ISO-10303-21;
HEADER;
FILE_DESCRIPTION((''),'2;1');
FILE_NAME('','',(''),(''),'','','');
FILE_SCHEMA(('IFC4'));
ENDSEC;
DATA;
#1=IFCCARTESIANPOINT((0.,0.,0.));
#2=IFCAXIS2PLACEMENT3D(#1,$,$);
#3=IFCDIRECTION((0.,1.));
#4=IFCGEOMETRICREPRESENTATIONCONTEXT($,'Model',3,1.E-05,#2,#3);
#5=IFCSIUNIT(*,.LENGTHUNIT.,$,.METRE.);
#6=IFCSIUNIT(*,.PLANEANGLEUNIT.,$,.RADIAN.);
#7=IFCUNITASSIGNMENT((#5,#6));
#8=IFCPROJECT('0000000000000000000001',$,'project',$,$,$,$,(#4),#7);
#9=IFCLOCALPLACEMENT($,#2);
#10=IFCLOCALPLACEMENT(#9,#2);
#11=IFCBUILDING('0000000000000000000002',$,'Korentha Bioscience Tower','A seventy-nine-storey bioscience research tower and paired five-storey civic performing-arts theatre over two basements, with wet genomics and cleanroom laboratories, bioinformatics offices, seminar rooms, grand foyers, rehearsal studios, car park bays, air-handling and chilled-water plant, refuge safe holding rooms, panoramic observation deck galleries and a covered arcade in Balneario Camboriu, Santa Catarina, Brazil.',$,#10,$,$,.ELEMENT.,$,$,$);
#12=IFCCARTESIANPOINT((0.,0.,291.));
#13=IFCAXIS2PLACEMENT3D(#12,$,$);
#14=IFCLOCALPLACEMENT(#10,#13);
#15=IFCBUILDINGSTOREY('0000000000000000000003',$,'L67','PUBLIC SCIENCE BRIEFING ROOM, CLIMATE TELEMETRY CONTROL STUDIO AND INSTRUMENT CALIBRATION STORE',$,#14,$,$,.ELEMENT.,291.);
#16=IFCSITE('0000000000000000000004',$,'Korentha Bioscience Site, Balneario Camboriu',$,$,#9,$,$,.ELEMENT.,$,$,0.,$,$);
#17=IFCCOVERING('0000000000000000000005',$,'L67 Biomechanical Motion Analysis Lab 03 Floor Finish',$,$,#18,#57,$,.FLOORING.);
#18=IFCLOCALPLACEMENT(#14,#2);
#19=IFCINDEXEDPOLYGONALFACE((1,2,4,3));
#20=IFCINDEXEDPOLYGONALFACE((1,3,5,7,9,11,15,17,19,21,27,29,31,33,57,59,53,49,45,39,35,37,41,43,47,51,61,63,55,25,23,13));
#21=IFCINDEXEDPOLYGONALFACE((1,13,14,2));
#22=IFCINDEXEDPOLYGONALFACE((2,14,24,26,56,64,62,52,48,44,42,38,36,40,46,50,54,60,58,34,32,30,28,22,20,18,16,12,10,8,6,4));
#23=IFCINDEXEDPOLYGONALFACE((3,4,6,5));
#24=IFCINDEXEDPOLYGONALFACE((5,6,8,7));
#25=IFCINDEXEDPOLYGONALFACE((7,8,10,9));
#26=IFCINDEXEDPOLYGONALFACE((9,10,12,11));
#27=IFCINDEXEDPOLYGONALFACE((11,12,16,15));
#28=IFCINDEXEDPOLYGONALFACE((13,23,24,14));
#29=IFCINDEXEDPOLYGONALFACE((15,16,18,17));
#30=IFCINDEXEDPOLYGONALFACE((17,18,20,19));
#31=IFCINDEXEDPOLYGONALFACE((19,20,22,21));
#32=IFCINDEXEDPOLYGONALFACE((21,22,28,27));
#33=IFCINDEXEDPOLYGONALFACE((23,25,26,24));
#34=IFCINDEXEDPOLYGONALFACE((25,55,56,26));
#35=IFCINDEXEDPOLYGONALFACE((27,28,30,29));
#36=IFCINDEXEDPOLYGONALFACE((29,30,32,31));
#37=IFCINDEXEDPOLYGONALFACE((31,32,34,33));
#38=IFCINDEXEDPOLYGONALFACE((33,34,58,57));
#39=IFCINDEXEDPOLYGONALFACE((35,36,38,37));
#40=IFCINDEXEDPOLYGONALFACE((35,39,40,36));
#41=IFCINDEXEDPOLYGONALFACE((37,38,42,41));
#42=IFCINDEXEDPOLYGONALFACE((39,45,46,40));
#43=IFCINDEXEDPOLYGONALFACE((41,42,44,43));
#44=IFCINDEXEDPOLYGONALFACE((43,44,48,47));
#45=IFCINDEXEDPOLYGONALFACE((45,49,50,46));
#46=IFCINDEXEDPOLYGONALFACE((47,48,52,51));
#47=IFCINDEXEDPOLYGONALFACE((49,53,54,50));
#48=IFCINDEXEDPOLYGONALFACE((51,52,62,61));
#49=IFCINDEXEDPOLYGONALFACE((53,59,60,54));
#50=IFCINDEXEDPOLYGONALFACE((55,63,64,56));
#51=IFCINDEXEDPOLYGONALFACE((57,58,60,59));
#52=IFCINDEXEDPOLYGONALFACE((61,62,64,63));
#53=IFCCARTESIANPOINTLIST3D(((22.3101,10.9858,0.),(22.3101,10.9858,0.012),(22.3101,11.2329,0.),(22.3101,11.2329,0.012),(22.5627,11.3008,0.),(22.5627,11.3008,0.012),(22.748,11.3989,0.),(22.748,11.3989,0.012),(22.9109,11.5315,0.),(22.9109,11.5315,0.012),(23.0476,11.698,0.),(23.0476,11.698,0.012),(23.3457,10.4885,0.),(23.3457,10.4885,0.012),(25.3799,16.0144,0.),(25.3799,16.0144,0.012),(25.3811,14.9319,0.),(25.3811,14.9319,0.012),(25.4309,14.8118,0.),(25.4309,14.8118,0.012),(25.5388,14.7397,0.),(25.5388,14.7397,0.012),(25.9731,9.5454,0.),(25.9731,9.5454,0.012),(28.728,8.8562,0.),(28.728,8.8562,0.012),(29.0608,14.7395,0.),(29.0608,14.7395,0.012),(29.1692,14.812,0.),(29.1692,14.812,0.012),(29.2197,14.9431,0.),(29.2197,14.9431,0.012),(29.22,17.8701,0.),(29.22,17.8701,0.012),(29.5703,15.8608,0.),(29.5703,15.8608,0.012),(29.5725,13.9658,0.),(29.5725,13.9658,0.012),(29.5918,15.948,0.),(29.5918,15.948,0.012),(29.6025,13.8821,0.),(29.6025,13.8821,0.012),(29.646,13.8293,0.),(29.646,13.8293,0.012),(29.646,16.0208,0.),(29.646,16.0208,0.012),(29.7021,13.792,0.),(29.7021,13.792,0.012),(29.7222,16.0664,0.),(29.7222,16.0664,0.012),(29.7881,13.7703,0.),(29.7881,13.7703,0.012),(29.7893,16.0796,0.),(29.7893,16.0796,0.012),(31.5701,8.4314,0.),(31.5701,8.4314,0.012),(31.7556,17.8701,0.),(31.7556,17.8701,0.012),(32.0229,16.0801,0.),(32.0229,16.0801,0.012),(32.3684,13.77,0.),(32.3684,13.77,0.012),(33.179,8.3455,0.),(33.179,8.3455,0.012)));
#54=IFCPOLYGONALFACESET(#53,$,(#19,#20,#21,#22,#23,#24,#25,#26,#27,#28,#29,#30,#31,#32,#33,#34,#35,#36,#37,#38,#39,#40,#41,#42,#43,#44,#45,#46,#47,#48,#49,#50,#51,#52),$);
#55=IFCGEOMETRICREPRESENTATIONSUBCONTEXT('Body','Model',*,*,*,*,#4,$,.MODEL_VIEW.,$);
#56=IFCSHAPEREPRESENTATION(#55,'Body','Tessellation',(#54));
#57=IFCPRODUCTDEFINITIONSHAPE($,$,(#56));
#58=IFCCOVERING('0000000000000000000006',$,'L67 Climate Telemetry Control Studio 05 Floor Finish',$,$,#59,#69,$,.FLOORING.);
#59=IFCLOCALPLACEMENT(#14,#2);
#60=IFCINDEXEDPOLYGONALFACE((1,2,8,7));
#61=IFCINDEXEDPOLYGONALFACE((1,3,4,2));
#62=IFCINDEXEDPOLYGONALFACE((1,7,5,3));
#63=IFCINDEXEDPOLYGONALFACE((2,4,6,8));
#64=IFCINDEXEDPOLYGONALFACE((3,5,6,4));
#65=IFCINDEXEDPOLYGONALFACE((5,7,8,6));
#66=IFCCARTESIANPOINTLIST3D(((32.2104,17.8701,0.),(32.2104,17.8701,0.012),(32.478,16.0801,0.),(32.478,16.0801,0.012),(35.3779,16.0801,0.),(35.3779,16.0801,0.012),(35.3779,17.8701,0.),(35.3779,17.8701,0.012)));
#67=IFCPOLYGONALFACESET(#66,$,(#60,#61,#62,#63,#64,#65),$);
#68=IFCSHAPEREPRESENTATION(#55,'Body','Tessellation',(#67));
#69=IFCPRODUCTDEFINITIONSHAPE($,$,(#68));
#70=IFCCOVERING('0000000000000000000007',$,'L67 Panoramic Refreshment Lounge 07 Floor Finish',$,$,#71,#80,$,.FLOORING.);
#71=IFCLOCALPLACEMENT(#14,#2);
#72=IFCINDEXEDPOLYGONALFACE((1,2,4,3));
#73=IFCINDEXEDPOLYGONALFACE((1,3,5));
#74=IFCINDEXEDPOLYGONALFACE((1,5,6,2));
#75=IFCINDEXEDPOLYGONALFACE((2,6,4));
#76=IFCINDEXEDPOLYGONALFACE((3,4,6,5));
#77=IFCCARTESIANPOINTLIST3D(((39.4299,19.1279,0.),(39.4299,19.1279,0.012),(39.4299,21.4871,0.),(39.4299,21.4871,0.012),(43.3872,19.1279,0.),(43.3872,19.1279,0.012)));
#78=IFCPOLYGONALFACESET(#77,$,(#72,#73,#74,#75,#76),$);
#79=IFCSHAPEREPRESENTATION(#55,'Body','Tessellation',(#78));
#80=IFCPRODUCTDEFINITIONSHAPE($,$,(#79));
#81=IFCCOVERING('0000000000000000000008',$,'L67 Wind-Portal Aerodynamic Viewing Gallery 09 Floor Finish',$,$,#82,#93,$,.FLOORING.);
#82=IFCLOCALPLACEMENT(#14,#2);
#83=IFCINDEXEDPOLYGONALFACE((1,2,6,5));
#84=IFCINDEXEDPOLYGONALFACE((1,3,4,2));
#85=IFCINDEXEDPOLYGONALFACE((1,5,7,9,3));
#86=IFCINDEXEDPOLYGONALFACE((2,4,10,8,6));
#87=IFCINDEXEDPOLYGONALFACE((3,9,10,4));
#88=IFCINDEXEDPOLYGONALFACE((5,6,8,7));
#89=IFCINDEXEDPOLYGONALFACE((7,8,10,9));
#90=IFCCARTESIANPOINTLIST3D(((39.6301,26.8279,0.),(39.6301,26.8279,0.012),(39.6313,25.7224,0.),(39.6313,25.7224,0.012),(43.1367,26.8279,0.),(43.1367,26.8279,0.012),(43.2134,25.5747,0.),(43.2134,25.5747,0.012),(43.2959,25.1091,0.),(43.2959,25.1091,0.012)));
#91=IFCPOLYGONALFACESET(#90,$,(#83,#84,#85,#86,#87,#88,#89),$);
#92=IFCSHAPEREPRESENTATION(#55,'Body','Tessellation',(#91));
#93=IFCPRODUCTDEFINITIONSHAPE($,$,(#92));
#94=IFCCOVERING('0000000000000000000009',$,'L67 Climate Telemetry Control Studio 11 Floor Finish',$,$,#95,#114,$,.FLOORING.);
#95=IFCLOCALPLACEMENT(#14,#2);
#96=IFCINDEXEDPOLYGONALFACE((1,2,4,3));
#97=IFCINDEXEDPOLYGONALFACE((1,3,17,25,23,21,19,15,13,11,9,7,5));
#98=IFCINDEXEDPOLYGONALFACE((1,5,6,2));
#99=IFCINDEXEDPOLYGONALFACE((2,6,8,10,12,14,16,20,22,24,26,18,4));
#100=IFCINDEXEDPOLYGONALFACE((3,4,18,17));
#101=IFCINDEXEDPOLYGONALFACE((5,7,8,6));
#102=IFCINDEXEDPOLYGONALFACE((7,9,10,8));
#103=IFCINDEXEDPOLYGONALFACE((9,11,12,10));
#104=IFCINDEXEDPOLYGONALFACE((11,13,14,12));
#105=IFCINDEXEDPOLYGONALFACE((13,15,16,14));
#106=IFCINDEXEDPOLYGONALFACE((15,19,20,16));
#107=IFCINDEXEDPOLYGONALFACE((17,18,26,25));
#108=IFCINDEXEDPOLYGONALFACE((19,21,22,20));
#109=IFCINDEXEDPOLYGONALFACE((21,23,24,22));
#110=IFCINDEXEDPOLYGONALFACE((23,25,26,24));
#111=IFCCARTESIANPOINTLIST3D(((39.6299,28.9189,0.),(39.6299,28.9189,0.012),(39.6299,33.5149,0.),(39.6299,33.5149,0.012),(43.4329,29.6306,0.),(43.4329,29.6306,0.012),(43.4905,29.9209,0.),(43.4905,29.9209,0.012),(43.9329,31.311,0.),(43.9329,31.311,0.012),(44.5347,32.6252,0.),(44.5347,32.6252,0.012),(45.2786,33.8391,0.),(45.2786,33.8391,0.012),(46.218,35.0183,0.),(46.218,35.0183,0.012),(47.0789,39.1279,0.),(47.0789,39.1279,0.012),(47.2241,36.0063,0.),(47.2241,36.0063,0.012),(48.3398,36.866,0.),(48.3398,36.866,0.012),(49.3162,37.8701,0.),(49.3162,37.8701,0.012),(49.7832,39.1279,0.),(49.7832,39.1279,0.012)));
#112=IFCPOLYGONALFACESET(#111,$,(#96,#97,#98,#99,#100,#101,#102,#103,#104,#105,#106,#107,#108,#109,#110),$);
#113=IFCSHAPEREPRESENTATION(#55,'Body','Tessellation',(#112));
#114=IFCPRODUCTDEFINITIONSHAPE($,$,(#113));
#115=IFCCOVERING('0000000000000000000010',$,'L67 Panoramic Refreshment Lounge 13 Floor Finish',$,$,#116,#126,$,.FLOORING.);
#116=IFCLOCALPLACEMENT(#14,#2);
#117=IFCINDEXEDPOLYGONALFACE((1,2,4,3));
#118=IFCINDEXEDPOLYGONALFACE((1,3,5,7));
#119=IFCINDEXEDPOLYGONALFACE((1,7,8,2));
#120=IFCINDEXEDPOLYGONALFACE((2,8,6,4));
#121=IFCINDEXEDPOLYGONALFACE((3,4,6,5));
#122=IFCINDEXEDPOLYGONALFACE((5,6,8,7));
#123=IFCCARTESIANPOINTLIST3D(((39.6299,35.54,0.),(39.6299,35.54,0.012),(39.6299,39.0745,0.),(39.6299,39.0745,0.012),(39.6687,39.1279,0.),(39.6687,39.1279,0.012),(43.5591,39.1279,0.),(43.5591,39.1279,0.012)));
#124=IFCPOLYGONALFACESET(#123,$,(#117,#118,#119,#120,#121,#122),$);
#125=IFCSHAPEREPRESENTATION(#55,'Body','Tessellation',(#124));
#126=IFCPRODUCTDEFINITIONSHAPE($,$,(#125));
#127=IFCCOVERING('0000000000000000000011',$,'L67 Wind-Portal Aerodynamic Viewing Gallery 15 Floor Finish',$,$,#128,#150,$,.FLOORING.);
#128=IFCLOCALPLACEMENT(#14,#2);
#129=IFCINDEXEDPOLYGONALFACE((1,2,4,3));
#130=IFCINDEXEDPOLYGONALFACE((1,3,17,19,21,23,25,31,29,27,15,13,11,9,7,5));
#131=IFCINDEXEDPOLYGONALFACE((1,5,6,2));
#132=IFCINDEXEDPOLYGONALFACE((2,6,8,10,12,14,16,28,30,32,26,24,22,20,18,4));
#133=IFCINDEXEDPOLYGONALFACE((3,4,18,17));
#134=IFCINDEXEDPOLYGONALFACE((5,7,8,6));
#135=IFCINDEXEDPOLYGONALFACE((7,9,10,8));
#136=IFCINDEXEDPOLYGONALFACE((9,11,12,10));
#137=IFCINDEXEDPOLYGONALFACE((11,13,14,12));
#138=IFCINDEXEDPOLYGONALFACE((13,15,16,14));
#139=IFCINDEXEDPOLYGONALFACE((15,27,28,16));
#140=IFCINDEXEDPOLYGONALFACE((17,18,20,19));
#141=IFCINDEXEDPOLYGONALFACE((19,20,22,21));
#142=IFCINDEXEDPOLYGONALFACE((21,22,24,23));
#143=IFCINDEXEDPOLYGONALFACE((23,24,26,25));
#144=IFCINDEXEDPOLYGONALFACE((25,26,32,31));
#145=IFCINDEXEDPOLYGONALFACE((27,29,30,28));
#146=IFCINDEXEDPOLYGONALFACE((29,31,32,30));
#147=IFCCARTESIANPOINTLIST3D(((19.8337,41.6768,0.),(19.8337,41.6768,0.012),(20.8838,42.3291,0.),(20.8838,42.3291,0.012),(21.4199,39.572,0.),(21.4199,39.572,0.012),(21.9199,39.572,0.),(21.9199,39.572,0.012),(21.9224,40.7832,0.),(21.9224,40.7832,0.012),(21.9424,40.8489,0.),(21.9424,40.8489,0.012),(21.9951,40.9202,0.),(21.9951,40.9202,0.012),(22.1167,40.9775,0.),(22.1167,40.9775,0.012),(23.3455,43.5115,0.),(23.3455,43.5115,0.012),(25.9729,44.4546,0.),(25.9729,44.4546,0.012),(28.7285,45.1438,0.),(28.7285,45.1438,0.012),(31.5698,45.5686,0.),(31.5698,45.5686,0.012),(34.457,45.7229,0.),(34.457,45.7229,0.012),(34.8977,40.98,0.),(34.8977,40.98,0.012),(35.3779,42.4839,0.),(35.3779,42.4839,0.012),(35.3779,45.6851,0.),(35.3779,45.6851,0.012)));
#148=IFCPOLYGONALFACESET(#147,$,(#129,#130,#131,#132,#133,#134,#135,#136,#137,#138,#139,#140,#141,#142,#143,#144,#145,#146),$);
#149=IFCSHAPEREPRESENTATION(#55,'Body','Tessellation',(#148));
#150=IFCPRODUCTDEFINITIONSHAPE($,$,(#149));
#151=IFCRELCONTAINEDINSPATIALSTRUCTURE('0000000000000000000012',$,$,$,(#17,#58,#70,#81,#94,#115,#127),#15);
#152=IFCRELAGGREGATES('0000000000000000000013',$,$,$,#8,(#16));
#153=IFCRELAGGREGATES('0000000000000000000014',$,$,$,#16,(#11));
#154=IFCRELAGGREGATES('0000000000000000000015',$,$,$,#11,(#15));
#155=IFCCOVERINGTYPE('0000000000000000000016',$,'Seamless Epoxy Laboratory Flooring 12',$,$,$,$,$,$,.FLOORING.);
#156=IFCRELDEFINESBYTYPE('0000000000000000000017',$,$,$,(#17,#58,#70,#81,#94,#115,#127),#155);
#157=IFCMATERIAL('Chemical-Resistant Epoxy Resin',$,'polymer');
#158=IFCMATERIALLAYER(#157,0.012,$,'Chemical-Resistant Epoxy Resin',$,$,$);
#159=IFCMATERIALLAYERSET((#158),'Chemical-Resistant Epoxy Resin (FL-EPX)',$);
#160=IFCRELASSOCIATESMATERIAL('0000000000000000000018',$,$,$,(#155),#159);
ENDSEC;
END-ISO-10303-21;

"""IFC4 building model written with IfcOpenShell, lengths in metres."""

from ifc_helpers import new_model, si_unit, direction, frame, origin, place, context, subcontext, project, spatial, polyline, outline, extrude, material, layer, layer_set, type_object, element, save


model = new_model("IFC4")

# Units and contexts
model_context = context("Model", 3, precision=1e-05, world=origin(), true_north=direction((0.0, 1.0)))
body_context = subcontext(model_context, "Body", "Model", "MODEL_VIEW")
ifc_project = project(units=[si_unit("LENGTHUNIT", "METRE"), si_unit("PLANEANGLEUNIT", "RADIAN")], contexts=[model_context])

# Site, building, storey
site_placement = place(None, origin())
site = spatial("IfcSite", under=ifc_project, at=site_placement, Name="Korentha Bioscience Site, Balneario Camboriu", CompositionType="ELEMENT", RefElevation=0.0)
building_placement = place(site_placement, origin())
building = spatial("IfcBuilding", under=site, at=building_placement, Name="Korentha Bioscience Tower", Description="A seventy-nine-storey bioscience research tower and paired five-storey civic performing-arts theatre over two basements, with wet genomics and cleanroom laboratories, bioinformatics offices, seminar rooms, grand foyers, rehearsal studios, car park bays, air-handling and chilled-water plant, refuge safe holding rooms, panoramic observation deck galleries and a covered arcade in Balneario Camboriu, Santa Catarina, Brazil.", CompositionType="ELEMENT")
storey_placement = place(building_placement, frame((0.0, 0.0, 291.0)))
storey = spatial("IfcBuildingStorey", under=building, at=storey_placement, Name="L67", Description="PUBLIC SCIENCE BRIEFING ROOM, CLIMATE TELEMETRY CONTROL STUDIO AND INSTRUMENT CALIBRATION STORE", CompositionType="ELEMENT", Elevation=291.0)

# Coverings
ifc_material_1 = material(Name="Chemical-Resistant Epoxy Resin", Category="polymer")
ifc_layer_1 = layer(ifc_material_1, 0.012, Name="Chemical-Resistant Epoxy Resin")
ifc_layer_set_1 = layer_set([ifc_layer_1], Name="Chemical-Resistant Epoxy Resin (FL-EPX)")
covering_type_1 = type_object("IfcCoveringType", Name="Seamless Epoxy Laboratory Flooring 12", PredefinedType="FLOORING", material=ifc_layer_set_1)
covering_1_placement = place(storey_placement, origin())
element("IfcCovering", 1, at=covering_1_placement, inside=storey, type_object=covering_type_1, Name="L67 Biomechanical Motion Analysis Lab 03 Floor Finish", PredefinedType="FLOORING", context=body_context, shape_type="SweptSolid", body=[
    extrude(outline(polyline([(22.3101, 11.2329), (22.5627, 11.3008), (22.748, 11.3989), (22.9109, 11.5315), (23.0476, 11.698), (25.3799, 16.0144), (25.3811, 14.9319), (25.4309, 14.8118), (25.5388, 14.7397), (29.0608, 14.7395), (29.1692, 14.812), (29.2197, 14.9431), (29.22, 17.8701), (31.7556, 17.8701), (32.0229, 16.0801), (29.7893, 16.0796), (29.7222, 16.0664), (29.646, 16.0208), (29.5918, 15.948), (29.5703, 15.8608), (29.5725, 13.9658), (29.6025, 13.8821), (29.646, 13.8293), (29.7021, 13.792), (29.7881, 13.7703), (32.3684, 13.77), (33.179, 8.3455), (31.5701, 8.4314), (28.728, 8.8562), (25.9731, 9.5454), (23.3457, 10.4885), (22.3101, 10.9858), (22.3101, 11.2329)])), origin(), (0.0, 0.0, 1.0), 0.012),
])
covering_2_placement = place(storey_placement, origin())
element("IfcCovering", 2, at=covering_2_placement, inside=storey, type_object=covering_type_1, Name="L67 Climate Telemetry Control Studio 05 Floor Finish", PredefinedType="FLOORING", context=body_context, shape_type="SweptSolid", body=[
    extrude(outline(polyline([(32.2104, 17.8701), (35.3779, 17.8701), (35.3779, 16.0801), (32.478, 16.0801), (32.2104, 17.8701)])), origin(), (0.0, 0.0, 1.0), 0.012),
])
covering_3_placement = place(storey_placement, origin())
element("IfcCovering", 3, at=covering_3_placement, inside=storey, type_object=covering_type_1, Name="L67 Panoramic Refreshment Lounge 07 Floor Finish", PredefinedType="FLOORING", context=body_context, shape_type="SweptSolid", body=[
    extrude(outline(polyline([(39.4299, 19.1279), (39.4299, 21.4871), (43.3872, 19.1279), (39.4299, 19.1279)])), origin(), (0.0, 0.0, 1.0), 0.012),
])
covering_4_placement = place(storey_placement, origin())
element("IfcCovering", 4, at=covering_4_placement, inside=storey, type_object=covering_type_1, Name="L67 Wind-Portal Aerodynamic Viewing Gallery 09 Floor Finish", PredefinedType="FLOORING", context=body_context, shape_type="SweptSolid", body=[
    extrude(outline(polyline([(43.2134, 25.5747), (43.2959, 25.1091), (39.6313, 25.7224), (39.6301, 26.8279), (43.1367, 26.8279), (43.2134, 25.5747)])), origin(), (0.0, 0.0, 1.0), 0.012),
])
covering_5_placement = place(storey_placement, origin())
element("IfcCovering", 5, at=covering_5_placement, inside=storey, type_object=covering_type_1, Name="L67 Climate Telemetry Control Studio 11 Floor Finish", PredefinedType="FLOORING", context=body_context, shape_type="SweptSolid", body=[
    extrude(outline(polyline([(39.6299, 28.9189), (39.6299, 33.5149), (47.0789, 39.1279), (49.7832, 39.1279), (49.3162, 37.8701), (48.3398, 36.866), (47.2241, 36.0063), (46.218, 35.0183), (45.2786, 33.8391), (44.5347, 32.6252), (43.9329, 31.311), (43.4905, 29.9209), (43.4329, 29.6306), (39.6299, 28.9189)])), origin(), (0.0, 0.0, 1.0), 0.012),
])
covering_6_placement = place(storey_placement, origin())
element("IfcCovering", 6, at=covering_6_placement, inside=storey, type_object=covering_type_1, Name="L67 Panoramic Refreshment Lounge 13 Floor Finish", PredefinedType="FLOORING", context=body_context, shape_type="SweptSolid", body=[
    extrude(outline(polyline([(43.5591, 39.1279), (39.6299, 35.54), (39.6299, 39.0745), (39.6687, 39.1279), (43.5591, 39.1279)])), origin(), (0.0, 0.0, 1.0), 0.012),
])
covering_7_placement = place(storey_placement, origin())
element("IfcCovering", 7, at=covering_7_placement, inside=storey, type_object=covering_type_1, Name="L67 Wind-Portal Aerodynamic Viewing Gallery 15 Floor Finish", PredefinedType="FLOORING", context=body_context, shape_type="SweptSolid", body=[
    extrude(outline(polyline([(20.8838, 42.3291), (23.3455, 43.5115), (25.9729, 44.4546), (28.7285, 45.1438), (31.5698, 45.5686), (34.457, 45.7229), (35.3779, 45.6851), (35.3779, 42.4839), (34.8977, 40.98), (22.1167, 40.9775), (21.9951, 40.9202), (21.9424, 40.8489), (21.9224, 40.7832), (21.9199, 39.572), (21.4199, 39.572), (19.8337, 41.6768), (20.8838, 42.3291)])), origin(), (0.0, 0.0, 1.0), 0.012),
])

save(model, "model.ifc")
